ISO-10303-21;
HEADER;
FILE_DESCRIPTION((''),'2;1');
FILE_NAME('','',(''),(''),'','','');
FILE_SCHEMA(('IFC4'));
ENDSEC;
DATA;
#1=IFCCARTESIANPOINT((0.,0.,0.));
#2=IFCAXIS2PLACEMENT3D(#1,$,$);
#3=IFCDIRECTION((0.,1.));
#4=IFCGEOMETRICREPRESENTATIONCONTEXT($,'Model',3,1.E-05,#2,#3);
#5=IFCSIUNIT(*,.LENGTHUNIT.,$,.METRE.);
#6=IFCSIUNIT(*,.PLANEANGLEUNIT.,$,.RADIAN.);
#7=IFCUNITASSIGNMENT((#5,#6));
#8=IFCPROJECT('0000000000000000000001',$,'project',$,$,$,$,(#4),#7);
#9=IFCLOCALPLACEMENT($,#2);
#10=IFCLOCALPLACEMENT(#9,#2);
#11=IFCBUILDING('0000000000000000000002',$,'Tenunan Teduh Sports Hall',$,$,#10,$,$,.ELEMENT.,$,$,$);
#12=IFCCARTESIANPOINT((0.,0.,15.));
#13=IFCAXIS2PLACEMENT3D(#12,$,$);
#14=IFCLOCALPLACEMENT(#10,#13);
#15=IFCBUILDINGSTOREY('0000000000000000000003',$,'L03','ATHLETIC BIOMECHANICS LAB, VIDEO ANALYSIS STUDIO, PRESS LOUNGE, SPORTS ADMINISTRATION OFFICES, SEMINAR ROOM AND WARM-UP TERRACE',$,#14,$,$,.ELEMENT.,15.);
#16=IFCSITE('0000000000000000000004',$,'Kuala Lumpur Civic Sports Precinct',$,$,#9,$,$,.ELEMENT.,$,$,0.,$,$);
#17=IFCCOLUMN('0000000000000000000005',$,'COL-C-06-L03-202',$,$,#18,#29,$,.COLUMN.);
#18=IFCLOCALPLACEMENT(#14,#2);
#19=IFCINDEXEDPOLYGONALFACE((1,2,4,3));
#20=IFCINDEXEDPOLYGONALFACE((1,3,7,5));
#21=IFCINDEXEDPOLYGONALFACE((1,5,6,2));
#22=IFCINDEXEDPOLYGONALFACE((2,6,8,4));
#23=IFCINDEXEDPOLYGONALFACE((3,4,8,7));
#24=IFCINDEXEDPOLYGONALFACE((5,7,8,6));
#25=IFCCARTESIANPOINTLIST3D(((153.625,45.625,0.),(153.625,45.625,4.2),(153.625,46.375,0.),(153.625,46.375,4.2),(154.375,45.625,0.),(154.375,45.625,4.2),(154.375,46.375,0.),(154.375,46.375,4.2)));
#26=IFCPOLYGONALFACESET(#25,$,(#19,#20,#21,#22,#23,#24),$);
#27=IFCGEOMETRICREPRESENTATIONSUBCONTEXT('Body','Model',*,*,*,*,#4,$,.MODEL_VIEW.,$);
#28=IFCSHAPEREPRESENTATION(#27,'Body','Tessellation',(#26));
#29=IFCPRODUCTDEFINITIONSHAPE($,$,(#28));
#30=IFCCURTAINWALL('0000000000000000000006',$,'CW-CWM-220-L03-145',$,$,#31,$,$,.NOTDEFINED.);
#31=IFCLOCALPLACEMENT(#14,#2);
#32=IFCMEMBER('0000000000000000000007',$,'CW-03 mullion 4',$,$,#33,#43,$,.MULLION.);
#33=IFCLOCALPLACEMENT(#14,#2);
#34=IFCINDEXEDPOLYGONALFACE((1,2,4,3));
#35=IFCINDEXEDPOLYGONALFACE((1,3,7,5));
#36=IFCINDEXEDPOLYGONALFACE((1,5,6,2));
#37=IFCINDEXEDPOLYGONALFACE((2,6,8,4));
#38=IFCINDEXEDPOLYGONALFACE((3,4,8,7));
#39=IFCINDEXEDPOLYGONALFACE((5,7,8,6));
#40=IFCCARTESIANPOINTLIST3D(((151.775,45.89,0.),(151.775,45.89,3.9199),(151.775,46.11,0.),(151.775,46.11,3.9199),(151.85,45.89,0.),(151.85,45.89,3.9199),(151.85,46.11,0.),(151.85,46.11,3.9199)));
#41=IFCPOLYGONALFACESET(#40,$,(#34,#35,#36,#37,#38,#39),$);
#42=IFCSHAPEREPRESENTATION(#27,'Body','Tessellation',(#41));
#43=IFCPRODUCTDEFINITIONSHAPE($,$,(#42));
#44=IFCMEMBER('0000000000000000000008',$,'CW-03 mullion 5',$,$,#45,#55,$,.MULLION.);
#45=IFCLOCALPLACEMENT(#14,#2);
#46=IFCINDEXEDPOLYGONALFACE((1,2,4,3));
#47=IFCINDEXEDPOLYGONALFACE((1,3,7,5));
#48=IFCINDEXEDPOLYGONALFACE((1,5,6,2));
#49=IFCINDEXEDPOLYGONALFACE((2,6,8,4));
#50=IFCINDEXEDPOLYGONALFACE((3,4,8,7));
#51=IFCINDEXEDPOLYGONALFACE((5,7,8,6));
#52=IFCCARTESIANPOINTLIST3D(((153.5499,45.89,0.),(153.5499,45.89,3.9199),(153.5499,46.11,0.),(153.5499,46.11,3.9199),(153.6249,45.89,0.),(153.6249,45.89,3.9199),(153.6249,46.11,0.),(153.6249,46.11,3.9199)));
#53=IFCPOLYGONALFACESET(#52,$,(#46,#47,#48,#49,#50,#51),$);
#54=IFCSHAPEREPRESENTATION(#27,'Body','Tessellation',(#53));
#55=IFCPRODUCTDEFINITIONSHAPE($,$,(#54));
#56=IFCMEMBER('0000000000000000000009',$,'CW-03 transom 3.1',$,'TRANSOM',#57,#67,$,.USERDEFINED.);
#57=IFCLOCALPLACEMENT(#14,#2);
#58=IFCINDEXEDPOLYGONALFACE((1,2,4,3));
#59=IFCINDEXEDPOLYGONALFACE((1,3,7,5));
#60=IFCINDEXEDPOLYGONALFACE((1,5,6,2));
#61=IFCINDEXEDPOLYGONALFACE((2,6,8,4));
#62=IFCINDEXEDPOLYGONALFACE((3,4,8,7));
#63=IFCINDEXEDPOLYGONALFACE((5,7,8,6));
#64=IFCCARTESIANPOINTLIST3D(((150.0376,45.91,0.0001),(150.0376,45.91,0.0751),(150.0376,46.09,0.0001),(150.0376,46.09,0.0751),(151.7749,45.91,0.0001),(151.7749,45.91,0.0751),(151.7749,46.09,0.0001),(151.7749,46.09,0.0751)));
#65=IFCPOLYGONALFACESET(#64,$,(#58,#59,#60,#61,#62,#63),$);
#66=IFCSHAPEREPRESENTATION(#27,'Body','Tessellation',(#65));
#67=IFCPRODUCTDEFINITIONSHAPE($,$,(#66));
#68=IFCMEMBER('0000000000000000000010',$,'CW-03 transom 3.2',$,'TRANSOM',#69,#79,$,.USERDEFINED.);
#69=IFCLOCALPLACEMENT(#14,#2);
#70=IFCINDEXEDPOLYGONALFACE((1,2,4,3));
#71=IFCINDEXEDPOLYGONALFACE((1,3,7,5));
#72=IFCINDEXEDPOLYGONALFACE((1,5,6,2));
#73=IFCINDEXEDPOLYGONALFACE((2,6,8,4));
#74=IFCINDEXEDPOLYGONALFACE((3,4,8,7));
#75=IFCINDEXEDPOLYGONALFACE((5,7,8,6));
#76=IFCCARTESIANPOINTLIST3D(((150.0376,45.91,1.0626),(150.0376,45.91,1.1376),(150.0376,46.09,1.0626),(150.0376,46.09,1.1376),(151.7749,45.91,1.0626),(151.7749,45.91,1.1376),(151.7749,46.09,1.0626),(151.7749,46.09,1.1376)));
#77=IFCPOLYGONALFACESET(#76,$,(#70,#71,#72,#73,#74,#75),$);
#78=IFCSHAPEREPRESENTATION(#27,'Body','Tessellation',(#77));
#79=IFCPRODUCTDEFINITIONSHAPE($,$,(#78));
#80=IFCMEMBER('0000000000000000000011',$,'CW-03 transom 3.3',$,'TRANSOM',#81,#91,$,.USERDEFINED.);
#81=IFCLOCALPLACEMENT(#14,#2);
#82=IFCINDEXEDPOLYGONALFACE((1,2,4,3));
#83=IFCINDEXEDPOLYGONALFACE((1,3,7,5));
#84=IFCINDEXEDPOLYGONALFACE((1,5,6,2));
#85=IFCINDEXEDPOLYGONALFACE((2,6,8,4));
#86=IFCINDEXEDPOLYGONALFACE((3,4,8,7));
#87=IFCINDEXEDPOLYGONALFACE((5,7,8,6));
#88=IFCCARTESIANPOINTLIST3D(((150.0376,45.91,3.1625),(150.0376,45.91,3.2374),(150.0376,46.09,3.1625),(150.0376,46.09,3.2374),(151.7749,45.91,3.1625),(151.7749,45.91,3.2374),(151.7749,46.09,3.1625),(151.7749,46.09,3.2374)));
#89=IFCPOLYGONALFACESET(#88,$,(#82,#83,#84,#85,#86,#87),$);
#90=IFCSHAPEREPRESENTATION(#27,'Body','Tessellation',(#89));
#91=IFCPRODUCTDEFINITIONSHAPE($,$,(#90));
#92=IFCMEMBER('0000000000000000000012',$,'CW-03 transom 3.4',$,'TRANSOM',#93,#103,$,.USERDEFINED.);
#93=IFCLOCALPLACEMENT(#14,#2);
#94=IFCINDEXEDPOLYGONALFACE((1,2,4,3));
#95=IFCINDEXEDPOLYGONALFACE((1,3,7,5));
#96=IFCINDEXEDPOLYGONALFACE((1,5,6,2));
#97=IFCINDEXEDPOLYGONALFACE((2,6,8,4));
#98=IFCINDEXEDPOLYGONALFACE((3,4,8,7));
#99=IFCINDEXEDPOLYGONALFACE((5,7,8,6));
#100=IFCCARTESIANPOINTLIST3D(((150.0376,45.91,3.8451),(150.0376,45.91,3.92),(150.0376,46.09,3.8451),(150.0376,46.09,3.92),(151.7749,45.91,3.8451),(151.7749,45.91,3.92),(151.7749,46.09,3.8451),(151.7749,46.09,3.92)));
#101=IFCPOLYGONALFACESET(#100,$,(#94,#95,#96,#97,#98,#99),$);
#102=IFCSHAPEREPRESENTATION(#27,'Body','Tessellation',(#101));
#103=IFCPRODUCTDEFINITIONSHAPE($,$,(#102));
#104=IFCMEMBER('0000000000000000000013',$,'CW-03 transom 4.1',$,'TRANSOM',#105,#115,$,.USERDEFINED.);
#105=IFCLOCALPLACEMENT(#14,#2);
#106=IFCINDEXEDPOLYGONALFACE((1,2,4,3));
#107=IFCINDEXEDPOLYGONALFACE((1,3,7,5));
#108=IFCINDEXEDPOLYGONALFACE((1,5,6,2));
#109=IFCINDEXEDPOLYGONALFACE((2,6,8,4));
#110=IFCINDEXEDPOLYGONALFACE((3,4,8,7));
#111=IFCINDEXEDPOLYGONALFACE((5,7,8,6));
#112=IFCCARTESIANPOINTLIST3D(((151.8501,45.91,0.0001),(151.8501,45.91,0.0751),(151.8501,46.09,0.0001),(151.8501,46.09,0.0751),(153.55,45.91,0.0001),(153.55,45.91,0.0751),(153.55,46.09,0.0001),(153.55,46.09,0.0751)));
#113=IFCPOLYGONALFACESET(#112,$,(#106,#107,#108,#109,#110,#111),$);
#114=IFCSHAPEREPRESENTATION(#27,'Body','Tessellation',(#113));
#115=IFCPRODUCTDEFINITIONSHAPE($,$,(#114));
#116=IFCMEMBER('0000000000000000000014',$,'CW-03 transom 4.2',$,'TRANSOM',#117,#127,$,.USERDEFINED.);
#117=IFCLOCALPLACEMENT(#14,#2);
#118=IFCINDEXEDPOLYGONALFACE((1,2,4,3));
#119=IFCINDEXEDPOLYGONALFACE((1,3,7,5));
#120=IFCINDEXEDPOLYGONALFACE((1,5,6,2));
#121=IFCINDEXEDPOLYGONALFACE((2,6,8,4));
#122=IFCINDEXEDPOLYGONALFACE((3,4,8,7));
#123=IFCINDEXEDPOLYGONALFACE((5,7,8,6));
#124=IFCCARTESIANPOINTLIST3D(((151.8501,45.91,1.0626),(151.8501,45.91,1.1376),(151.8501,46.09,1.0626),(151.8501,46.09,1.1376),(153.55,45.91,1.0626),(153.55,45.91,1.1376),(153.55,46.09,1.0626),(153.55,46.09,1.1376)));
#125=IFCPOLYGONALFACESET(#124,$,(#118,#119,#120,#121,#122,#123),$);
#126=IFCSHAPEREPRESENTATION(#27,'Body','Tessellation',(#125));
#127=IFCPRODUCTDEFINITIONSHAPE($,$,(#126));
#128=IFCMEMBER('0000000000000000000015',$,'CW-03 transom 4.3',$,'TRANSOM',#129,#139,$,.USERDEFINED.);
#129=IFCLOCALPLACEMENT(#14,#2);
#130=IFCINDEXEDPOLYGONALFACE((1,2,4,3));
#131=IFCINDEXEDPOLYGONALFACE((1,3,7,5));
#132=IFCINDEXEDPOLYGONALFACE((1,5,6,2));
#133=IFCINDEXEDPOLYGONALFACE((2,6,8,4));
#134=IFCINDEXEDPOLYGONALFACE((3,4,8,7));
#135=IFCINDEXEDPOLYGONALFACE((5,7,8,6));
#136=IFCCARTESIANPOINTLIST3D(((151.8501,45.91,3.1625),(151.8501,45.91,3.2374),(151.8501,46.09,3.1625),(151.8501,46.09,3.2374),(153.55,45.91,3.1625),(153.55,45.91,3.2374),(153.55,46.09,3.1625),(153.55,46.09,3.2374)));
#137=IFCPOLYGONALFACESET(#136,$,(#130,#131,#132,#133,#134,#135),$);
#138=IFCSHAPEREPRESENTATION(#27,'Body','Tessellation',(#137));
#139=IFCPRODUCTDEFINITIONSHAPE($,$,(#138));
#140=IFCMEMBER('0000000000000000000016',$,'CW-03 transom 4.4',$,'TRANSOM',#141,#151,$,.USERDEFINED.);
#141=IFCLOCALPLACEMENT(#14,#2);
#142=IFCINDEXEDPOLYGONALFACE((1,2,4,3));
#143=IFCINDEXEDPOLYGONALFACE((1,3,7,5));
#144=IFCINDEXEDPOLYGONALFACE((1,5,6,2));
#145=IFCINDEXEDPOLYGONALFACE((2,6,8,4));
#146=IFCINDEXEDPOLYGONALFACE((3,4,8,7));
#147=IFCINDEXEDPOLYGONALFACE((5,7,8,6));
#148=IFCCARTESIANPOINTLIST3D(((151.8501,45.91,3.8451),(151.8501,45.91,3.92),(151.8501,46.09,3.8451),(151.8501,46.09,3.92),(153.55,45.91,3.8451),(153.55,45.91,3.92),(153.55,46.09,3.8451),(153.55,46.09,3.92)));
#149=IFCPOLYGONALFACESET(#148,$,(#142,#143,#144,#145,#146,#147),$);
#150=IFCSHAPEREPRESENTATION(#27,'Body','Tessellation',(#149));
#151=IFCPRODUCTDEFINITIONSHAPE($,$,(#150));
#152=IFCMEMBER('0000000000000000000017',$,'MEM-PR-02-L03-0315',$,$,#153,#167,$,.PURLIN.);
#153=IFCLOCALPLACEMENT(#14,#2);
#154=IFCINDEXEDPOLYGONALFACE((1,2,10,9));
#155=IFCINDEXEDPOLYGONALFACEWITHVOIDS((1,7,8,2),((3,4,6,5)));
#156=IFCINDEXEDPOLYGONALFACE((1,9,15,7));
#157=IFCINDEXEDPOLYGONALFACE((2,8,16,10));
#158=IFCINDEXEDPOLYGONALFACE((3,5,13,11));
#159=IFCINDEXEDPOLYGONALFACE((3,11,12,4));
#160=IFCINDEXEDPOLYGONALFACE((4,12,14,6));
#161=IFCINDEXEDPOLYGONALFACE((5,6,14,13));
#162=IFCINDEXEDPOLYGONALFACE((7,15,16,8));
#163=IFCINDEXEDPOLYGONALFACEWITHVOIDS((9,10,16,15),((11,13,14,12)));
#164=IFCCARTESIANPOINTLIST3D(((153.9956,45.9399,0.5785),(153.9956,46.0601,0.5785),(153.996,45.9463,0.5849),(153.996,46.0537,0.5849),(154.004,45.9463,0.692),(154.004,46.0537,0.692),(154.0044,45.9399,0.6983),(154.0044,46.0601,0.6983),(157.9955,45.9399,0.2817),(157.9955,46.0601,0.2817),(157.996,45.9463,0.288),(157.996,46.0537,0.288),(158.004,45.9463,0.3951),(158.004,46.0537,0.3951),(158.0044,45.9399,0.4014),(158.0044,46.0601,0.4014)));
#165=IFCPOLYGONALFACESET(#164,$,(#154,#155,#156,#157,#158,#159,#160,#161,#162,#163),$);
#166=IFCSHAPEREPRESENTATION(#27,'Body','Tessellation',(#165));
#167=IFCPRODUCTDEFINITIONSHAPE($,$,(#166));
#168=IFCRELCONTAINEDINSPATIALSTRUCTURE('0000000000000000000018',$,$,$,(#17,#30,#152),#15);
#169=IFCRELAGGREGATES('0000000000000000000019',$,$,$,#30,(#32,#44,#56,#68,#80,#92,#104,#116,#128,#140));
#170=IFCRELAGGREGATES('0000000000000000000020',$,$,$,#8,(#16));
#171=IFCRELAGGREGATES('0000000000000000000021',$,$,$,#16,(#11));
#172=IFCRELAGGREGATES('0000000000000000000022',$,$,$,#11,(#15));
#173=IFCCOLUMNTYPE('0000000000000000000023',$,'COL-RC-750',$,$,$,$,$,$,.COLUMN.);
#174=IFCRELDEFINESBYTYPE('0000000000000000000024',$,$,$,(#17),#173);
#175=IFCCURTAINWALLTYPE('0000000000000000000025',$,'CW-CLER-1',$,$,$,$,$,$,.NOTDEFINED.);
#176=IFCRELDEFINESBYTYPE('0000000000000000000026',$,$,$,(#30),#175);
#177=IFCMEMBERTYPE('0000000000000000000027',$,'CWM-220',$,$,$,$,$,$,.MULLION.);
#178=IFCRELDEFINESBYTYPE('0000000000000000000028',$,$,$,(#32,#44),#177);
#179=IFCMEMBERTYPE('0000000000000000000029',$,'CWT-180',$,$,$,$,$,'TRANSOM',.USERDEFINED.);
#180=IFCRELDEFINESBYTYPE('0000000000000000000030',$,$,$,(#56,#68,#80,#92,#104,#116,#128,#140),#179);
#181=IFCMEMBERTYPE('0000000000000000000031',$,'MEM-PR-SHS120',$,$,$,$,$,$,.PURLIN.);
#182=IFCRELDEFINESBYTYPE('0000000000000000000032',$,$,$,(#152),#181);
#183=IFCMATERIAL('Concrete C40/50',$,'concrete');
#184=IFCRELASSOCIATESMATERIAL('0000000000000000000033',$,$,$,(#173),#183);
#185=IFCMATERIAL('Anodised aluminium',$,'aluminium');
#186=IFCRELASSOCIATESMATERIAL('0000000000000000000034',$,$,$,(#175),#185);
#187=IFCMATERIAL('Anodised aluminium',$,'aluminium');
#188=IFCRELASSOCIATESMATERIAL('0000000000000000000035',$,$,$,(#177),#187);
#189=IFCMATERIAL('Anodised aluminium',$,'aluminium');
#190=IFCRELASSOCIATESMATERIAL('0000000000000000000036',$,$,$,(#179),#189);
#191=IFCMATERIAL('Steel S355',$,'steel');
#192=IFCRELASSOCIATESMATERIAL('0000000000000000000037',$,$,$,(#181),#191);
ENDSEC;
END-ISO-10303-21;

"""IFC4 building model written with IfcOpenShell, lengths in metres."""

from ifc_helpers import new_model, si_unit, direction, frame, origin, origin_2d, place, context, subcontext, project, spatial, rectangle, hollow_rectangle, extrude, material, material_profile, profile_set, type_object, element, aggregate, save


model = new_model("IFC4")

# Units and contexts
model_context = context("Model", 3, precision=1e-05, world=origin(), true_north=direction((0.0, 1.0)))
body_context = subcontext(model_context, "Body", "Model", "MODEL_VIEW")
ifc_project = project(units=[si_unit("LENGTHUNIT", "METRE"), si_unit("PLANEANGLEUNIT", "RADIAN")], contexts=[model_context])

# Site, building, storey
site_placement = place(None, origin())
site = spatial("IfcSite", under=ifc_project, at=site_placement, Name="Kuala Lumpur Civic Sports Precinct", CompositionType="ELEMENT", RefElevation=0.0)
building_placement = place(site_placement, origin())
building = spatial("IfcBuilding", under=site, at=building_placement, Name="Tenunan Teduh Sports Hall", CompositionType="ELEMENT")
storey_placement = place(building_placement, frame((0.0, 0.0, 15.0)))
storey = spatial("IfcBuildingStorey", under=building, at=storey_placement, Name="L03", Description="ATHLETIC BIOMECHANICS LAB, VIDEO ANALYSIS STUDIO, PRESS LOUNGE, SPORTS ADMINISTRATION OFFICES, SEMINAR ROOM AND WARM-UP TERRACE", CompositionType="ELEMENT", Elevation=15.0)

# Column
ifc_material_1 = material(Name="Concrete C40/50", Category="concrete")
ifc_material_profile_1 = material_profile(ifc_material_1, rectangle(XDim=0.75, YDim=0.75, at=origin_2d()), Name="RC 750x750")
ifc_profile_set_1 = profile_set([ifc_material_profile_1], Name="Concrete C40/50")
column_type = type_object("IfcColumnType", Name="COL-RC-750", PredefinedType="COLUMN", material=ifc_profile_set_1)
column_placement = place(storey_placement, frame((154.0, 46.0, 0.0), z_axis=(0.0, 0.0, 1.0), x_axis=(1.0, 0.0, 0.0)))
element("IfcColumn", 1, at=column_placement, inside=storey, type_object=column_type, Name="COL-C-06-L03-202", PredefinedType="COLUMN", context=body_context, shape_type="SweptSolid", body=[
    extrude(rectangle(XDim=0.75, YDim=0.75, at=origin_2d()), origin(), (0.0, 0.0, 1.0), 4.2),
])

# Curtain wall, members
ifc_material_2 = material(Name="Anodised aluminium", Category="aluminium")
curtain_wall_type = type_object("IfcCurtainWallType", Name="CW-CLER-1", PredefinedType="NOTDEFINED", material=ifc_material_2)
curtain_wall_placement = place(storey_placement, origin())
curtain_wall = element("IfcCurtainWall", 2, at=curtain_wall_placement, inside=storey, type_object=curtain_wall_type, Name="CW-CWM-220-L03-145", PredefinedType="NOTDEFINED")
ifc_material_3 = material(Name="Anodised aluminium", Category="aluminium")
ifc_material_profile_2 = material_profile(ifc_material_3, rectangle(XDim=0.075, YDim=0.22, at=origin_2d()), Name="CWM 75x220")
ifc_profile_set_2 = profile_set([ifc_material_profile_2], Name="Anodised aluminium")
member_type_1 = type_object("IfcMemberType", Name="CWM-220", PredefinedType="MULLION", material=ifc_profile_set_2)
member_1_placement = place(storey_placement, frame((151.8125, 46.0, 0.0), z_axis=(0.0, 0.0, 1.0), x_axis=(1.0, 0.0, 0.0)))
member_1 = element("IfcMember", 3, at=member_1_placement, type_object=member_type_1, Name="CW-03 mullion 4", PredefinedType="MULLION", context=body_context, shape_type="SweptSolid", body=[
    extrude(rectangle(XDim=0.075, YDim=0.22, at=origin_2d()), origin(), (0.0, 0.0, 1.0), 3.9199),
])
member_2_placement = place(storey_placement, frame((153.5874, 46.0, 0.0), z_axis=(0.0, 0.0, 1.0), x_axis=(1.0, 0.0, 0.0)))
member_2 = element("IfcMember", 4, at=member_2_placement, type_object=member_type_1, Name="CW-03 mullion 5", PredefinedType="MULLION", context=body_context, shape_type="SweptSolid", body=[
    extrude(rectangle(XDim=0.075, YDim=0.22, at=origin_2d()), origin(), (0.0, 0.0, 1.0), 3.9199),
])
ifc_material_4 = material(Name="Anodised aluminium", Category="aluminium")
ifc_material_profile_3 = material_profile(ifc_material_4, rectangle(XDim=0.075, YDim=0.1799, at=origin_2d()), Name="CWT 75x180")
ifc_profile_set_3 = profile_set([ifc_material_profile_3], Name="Anodised aluminium")
member_type_2 = type_object("IfcMemberType", Name="CWT-180", ElementType="TRANSOM", PredefinedType="USERDEFINED", material=ifc_profile_set_3)
member_3_placement = place(storey_placement, frame((150.0376, 46.0, 0.0376), z_axis=(1.0, 0.0, 0.0), x_axis=(0.0, 0.0, 1.0)))
member_3 = element("IfcMember", 5, at=member_3_placement, type_object=member_type_2, Name="CW-03 transom 3.1", ObjectType="TRANSOM", PredefinedType="USERDEFINED", context=body_context, shape_type="SweptSolid", body=[
    extrude(rectangle(XDim=0.075, YDim=0.1799, at=origin_2d()), origin(), (0.0, 0.0, 1.0), 1.7373),
])
member_4_placement = place(storey_placement, frame((150.0376, 46.0, 1.1001), z_axis=(1.0, 0.0, 0.0), x_axis=(0.0, 0.0, 1.0)))
member_4 = element("IfcMember", 6, at=member_4_placement, type_object=member_type_2, Name="CW-03 transom 3.2", ObjectType="TRANSOM", PredefinedType="USERDEFINED", context=body_context, shape_type="SweptSolid", body=[
    extrude(rectangle(XDim=0.075, YDim=0.1799, at=origin_2d()), origin(), (0.0, 0.0, 1.0), 1.7373),
])
member_5_placement = place(storey_placement, frame((150.0376, 46.0, 3.2), z_axis=(1.0, 0.0, 0.0), x_axis=(0.0, 0.0, 1.0)))
member_5 = element("IfcMember", 7, at=member_5_placement, type_object=member_type_2, Name="CW-03 transom 3.3", ObjectType="TRANSOM", PredefinedType="USERDEFINED", context=body_context, shape_type="SweptSolid", body=[
    extrude(rectangle(XDim=0.075, YDim=0.1799, at=origin_2d()), origin(), (0.0, 0.0, 1.0), 1.7373),
])
member_6_placement = place(storey_placement, frame((150.0376, 46.0, 3.8826), z_axis=(1.0, 0.0, 0.0), x_axis=(0.0, 0.0, 1.0)))
member_6 = element("IfcMember", 8, at=member_6_placement, type_object=member_type_2, Name="CW-03 transom 3.4", ObjectType="TRANSOM", PredefinedType="USERDEFINED", context=body_context, shape_type="SweptSolid", body=[
    extrude(rectangle(XDim=0.075, YDim=0.1799, at=origin_2d()), origin(), (0.0, 0.0, 1.0), 1.7373),
])
member_7_placement = place(storey_placement, frame((151.8501, 46.0, 0.0376), z_axis=(1.0, 0.0, 0.0), x_axis=(0.0, 0.0, 1.0)))
member_7 = element("IfcMember", 9, at=member_7_placement, type_object=member_type_2, Name="CW-03 transom 4.1", ObjectType="TRANSOM", PredefinedType="USERDEFINED", context=body_context, shape_type="SweptSolid", body=[
    extrude(rectangle(XDim=0.075, YDim=0.1799, at=origin_2d()), origin(), (0.0, 0.0, 1.0), 1.7),
])
member_8_placement = place(storey_placement, frame((151.8501, 46.0, 1.1001), z_axis=(1.0, 0.0, 0.0), x_axis=(0.0, 0.0, 1.0)))
member_8 = element("IfcMember", 10, at=member_8_placement, type_object=member_type_2, Name="CW-03 transom 4.2", ObjectType="TRANSOM", PredefinedType="USERDEFINED", context=body_context, shape_type="SweptSolid", body=[
    extrude(rectangle(XDim=0.075, YDim=0.1799, at=origin_2d()), origin(), (0.0, 0.0, 1.0), 1.7),
])
member_9_placement = place(storey_placement, frame((151.8501, 46.0, 3.2), z_axis=(1.0, 0.0, 0.0), x_axis=(0.0, 0.0, 1.0)))
member_9 = element("IfcMember", 11, at=member_9_placement, type_object=member_type_2, Name="CW-03 transom 4.3", ObjectType="TRANSOM", PredefinedType="USERDEFINED", context=body_context, shape_type="SweptSolid", body=[
    extrude(rectangle(XDim=0.075, YDim=0.1799, at=origin_2d()), origin(), (0.0, 0.0, 1.0), 1.7),
])
member_10_placement = place(storey_placement, frame((151.8501, 46.0, 3.8826), z_axis=(1.0, 0.0, 0.0), x_axis=(0.0, 0.0, 1.0)))
member_10 = element("IfcMember", 12, at=member_10_placement, type_object=member_type_2, Name="CW-03 transom 4.4", ObjectType="TRANSOM", PredefinedType="USERDEFINED", context=body_context, shape_type="SweptSolid", body=[
    extrude(rectangle(XDim=0.075, YDim=0.1799, at=origin_2d()), origin(), (0.0, 0.0, 1.0), 1.7),
])

# Member
ifc_material_5 = material(Name="Steel S355", Category="steel")
ifc_material_profile_4 = material_profile(ifc_material_5, hollow_rectangle(XDim=0.1201, YDim=0.1201, WallThickness=0.0063, at=origin_2d()), Name="SHS 120x120x6.3")
ifc_profile_set_4 = profile_set([ifc_material_profile_4], Name="Steel S355")
member_type_3 = type_object("IfcMemberType", Name="MEM-PR-SHS120", PredefinedType="PURLIN", material=ifc_profile_set_4)
member_11_placement = place(storey_placement, frame((154.0, 46.0, 0.6384), z_axis=(0.997257, 0.0, -0.074015), x_axis=(0.0, 1.0, 0.0)))
element("IfcMember", 13, at=member_11_placement, inside=storey, type_object=member_type_3, Name="MEM-PR-02-L03-0315", PredefinedType="PURLIN", context=body_context, shape_type="SweptSolid", body=[
    extrude(hollow_rectangle(XDim=0.1201, YDim=0.1201, WallThickness=0.0063, at=origin_2d()), origin(), (0.0, 0.0, 1.0), 4.011),
])

aggregate(curtain_wall, [member_1, member_2, member_3, member_4, member_5, member_6, member_7, member_8, member_9, member_10])

save(model, "model.ifc")
